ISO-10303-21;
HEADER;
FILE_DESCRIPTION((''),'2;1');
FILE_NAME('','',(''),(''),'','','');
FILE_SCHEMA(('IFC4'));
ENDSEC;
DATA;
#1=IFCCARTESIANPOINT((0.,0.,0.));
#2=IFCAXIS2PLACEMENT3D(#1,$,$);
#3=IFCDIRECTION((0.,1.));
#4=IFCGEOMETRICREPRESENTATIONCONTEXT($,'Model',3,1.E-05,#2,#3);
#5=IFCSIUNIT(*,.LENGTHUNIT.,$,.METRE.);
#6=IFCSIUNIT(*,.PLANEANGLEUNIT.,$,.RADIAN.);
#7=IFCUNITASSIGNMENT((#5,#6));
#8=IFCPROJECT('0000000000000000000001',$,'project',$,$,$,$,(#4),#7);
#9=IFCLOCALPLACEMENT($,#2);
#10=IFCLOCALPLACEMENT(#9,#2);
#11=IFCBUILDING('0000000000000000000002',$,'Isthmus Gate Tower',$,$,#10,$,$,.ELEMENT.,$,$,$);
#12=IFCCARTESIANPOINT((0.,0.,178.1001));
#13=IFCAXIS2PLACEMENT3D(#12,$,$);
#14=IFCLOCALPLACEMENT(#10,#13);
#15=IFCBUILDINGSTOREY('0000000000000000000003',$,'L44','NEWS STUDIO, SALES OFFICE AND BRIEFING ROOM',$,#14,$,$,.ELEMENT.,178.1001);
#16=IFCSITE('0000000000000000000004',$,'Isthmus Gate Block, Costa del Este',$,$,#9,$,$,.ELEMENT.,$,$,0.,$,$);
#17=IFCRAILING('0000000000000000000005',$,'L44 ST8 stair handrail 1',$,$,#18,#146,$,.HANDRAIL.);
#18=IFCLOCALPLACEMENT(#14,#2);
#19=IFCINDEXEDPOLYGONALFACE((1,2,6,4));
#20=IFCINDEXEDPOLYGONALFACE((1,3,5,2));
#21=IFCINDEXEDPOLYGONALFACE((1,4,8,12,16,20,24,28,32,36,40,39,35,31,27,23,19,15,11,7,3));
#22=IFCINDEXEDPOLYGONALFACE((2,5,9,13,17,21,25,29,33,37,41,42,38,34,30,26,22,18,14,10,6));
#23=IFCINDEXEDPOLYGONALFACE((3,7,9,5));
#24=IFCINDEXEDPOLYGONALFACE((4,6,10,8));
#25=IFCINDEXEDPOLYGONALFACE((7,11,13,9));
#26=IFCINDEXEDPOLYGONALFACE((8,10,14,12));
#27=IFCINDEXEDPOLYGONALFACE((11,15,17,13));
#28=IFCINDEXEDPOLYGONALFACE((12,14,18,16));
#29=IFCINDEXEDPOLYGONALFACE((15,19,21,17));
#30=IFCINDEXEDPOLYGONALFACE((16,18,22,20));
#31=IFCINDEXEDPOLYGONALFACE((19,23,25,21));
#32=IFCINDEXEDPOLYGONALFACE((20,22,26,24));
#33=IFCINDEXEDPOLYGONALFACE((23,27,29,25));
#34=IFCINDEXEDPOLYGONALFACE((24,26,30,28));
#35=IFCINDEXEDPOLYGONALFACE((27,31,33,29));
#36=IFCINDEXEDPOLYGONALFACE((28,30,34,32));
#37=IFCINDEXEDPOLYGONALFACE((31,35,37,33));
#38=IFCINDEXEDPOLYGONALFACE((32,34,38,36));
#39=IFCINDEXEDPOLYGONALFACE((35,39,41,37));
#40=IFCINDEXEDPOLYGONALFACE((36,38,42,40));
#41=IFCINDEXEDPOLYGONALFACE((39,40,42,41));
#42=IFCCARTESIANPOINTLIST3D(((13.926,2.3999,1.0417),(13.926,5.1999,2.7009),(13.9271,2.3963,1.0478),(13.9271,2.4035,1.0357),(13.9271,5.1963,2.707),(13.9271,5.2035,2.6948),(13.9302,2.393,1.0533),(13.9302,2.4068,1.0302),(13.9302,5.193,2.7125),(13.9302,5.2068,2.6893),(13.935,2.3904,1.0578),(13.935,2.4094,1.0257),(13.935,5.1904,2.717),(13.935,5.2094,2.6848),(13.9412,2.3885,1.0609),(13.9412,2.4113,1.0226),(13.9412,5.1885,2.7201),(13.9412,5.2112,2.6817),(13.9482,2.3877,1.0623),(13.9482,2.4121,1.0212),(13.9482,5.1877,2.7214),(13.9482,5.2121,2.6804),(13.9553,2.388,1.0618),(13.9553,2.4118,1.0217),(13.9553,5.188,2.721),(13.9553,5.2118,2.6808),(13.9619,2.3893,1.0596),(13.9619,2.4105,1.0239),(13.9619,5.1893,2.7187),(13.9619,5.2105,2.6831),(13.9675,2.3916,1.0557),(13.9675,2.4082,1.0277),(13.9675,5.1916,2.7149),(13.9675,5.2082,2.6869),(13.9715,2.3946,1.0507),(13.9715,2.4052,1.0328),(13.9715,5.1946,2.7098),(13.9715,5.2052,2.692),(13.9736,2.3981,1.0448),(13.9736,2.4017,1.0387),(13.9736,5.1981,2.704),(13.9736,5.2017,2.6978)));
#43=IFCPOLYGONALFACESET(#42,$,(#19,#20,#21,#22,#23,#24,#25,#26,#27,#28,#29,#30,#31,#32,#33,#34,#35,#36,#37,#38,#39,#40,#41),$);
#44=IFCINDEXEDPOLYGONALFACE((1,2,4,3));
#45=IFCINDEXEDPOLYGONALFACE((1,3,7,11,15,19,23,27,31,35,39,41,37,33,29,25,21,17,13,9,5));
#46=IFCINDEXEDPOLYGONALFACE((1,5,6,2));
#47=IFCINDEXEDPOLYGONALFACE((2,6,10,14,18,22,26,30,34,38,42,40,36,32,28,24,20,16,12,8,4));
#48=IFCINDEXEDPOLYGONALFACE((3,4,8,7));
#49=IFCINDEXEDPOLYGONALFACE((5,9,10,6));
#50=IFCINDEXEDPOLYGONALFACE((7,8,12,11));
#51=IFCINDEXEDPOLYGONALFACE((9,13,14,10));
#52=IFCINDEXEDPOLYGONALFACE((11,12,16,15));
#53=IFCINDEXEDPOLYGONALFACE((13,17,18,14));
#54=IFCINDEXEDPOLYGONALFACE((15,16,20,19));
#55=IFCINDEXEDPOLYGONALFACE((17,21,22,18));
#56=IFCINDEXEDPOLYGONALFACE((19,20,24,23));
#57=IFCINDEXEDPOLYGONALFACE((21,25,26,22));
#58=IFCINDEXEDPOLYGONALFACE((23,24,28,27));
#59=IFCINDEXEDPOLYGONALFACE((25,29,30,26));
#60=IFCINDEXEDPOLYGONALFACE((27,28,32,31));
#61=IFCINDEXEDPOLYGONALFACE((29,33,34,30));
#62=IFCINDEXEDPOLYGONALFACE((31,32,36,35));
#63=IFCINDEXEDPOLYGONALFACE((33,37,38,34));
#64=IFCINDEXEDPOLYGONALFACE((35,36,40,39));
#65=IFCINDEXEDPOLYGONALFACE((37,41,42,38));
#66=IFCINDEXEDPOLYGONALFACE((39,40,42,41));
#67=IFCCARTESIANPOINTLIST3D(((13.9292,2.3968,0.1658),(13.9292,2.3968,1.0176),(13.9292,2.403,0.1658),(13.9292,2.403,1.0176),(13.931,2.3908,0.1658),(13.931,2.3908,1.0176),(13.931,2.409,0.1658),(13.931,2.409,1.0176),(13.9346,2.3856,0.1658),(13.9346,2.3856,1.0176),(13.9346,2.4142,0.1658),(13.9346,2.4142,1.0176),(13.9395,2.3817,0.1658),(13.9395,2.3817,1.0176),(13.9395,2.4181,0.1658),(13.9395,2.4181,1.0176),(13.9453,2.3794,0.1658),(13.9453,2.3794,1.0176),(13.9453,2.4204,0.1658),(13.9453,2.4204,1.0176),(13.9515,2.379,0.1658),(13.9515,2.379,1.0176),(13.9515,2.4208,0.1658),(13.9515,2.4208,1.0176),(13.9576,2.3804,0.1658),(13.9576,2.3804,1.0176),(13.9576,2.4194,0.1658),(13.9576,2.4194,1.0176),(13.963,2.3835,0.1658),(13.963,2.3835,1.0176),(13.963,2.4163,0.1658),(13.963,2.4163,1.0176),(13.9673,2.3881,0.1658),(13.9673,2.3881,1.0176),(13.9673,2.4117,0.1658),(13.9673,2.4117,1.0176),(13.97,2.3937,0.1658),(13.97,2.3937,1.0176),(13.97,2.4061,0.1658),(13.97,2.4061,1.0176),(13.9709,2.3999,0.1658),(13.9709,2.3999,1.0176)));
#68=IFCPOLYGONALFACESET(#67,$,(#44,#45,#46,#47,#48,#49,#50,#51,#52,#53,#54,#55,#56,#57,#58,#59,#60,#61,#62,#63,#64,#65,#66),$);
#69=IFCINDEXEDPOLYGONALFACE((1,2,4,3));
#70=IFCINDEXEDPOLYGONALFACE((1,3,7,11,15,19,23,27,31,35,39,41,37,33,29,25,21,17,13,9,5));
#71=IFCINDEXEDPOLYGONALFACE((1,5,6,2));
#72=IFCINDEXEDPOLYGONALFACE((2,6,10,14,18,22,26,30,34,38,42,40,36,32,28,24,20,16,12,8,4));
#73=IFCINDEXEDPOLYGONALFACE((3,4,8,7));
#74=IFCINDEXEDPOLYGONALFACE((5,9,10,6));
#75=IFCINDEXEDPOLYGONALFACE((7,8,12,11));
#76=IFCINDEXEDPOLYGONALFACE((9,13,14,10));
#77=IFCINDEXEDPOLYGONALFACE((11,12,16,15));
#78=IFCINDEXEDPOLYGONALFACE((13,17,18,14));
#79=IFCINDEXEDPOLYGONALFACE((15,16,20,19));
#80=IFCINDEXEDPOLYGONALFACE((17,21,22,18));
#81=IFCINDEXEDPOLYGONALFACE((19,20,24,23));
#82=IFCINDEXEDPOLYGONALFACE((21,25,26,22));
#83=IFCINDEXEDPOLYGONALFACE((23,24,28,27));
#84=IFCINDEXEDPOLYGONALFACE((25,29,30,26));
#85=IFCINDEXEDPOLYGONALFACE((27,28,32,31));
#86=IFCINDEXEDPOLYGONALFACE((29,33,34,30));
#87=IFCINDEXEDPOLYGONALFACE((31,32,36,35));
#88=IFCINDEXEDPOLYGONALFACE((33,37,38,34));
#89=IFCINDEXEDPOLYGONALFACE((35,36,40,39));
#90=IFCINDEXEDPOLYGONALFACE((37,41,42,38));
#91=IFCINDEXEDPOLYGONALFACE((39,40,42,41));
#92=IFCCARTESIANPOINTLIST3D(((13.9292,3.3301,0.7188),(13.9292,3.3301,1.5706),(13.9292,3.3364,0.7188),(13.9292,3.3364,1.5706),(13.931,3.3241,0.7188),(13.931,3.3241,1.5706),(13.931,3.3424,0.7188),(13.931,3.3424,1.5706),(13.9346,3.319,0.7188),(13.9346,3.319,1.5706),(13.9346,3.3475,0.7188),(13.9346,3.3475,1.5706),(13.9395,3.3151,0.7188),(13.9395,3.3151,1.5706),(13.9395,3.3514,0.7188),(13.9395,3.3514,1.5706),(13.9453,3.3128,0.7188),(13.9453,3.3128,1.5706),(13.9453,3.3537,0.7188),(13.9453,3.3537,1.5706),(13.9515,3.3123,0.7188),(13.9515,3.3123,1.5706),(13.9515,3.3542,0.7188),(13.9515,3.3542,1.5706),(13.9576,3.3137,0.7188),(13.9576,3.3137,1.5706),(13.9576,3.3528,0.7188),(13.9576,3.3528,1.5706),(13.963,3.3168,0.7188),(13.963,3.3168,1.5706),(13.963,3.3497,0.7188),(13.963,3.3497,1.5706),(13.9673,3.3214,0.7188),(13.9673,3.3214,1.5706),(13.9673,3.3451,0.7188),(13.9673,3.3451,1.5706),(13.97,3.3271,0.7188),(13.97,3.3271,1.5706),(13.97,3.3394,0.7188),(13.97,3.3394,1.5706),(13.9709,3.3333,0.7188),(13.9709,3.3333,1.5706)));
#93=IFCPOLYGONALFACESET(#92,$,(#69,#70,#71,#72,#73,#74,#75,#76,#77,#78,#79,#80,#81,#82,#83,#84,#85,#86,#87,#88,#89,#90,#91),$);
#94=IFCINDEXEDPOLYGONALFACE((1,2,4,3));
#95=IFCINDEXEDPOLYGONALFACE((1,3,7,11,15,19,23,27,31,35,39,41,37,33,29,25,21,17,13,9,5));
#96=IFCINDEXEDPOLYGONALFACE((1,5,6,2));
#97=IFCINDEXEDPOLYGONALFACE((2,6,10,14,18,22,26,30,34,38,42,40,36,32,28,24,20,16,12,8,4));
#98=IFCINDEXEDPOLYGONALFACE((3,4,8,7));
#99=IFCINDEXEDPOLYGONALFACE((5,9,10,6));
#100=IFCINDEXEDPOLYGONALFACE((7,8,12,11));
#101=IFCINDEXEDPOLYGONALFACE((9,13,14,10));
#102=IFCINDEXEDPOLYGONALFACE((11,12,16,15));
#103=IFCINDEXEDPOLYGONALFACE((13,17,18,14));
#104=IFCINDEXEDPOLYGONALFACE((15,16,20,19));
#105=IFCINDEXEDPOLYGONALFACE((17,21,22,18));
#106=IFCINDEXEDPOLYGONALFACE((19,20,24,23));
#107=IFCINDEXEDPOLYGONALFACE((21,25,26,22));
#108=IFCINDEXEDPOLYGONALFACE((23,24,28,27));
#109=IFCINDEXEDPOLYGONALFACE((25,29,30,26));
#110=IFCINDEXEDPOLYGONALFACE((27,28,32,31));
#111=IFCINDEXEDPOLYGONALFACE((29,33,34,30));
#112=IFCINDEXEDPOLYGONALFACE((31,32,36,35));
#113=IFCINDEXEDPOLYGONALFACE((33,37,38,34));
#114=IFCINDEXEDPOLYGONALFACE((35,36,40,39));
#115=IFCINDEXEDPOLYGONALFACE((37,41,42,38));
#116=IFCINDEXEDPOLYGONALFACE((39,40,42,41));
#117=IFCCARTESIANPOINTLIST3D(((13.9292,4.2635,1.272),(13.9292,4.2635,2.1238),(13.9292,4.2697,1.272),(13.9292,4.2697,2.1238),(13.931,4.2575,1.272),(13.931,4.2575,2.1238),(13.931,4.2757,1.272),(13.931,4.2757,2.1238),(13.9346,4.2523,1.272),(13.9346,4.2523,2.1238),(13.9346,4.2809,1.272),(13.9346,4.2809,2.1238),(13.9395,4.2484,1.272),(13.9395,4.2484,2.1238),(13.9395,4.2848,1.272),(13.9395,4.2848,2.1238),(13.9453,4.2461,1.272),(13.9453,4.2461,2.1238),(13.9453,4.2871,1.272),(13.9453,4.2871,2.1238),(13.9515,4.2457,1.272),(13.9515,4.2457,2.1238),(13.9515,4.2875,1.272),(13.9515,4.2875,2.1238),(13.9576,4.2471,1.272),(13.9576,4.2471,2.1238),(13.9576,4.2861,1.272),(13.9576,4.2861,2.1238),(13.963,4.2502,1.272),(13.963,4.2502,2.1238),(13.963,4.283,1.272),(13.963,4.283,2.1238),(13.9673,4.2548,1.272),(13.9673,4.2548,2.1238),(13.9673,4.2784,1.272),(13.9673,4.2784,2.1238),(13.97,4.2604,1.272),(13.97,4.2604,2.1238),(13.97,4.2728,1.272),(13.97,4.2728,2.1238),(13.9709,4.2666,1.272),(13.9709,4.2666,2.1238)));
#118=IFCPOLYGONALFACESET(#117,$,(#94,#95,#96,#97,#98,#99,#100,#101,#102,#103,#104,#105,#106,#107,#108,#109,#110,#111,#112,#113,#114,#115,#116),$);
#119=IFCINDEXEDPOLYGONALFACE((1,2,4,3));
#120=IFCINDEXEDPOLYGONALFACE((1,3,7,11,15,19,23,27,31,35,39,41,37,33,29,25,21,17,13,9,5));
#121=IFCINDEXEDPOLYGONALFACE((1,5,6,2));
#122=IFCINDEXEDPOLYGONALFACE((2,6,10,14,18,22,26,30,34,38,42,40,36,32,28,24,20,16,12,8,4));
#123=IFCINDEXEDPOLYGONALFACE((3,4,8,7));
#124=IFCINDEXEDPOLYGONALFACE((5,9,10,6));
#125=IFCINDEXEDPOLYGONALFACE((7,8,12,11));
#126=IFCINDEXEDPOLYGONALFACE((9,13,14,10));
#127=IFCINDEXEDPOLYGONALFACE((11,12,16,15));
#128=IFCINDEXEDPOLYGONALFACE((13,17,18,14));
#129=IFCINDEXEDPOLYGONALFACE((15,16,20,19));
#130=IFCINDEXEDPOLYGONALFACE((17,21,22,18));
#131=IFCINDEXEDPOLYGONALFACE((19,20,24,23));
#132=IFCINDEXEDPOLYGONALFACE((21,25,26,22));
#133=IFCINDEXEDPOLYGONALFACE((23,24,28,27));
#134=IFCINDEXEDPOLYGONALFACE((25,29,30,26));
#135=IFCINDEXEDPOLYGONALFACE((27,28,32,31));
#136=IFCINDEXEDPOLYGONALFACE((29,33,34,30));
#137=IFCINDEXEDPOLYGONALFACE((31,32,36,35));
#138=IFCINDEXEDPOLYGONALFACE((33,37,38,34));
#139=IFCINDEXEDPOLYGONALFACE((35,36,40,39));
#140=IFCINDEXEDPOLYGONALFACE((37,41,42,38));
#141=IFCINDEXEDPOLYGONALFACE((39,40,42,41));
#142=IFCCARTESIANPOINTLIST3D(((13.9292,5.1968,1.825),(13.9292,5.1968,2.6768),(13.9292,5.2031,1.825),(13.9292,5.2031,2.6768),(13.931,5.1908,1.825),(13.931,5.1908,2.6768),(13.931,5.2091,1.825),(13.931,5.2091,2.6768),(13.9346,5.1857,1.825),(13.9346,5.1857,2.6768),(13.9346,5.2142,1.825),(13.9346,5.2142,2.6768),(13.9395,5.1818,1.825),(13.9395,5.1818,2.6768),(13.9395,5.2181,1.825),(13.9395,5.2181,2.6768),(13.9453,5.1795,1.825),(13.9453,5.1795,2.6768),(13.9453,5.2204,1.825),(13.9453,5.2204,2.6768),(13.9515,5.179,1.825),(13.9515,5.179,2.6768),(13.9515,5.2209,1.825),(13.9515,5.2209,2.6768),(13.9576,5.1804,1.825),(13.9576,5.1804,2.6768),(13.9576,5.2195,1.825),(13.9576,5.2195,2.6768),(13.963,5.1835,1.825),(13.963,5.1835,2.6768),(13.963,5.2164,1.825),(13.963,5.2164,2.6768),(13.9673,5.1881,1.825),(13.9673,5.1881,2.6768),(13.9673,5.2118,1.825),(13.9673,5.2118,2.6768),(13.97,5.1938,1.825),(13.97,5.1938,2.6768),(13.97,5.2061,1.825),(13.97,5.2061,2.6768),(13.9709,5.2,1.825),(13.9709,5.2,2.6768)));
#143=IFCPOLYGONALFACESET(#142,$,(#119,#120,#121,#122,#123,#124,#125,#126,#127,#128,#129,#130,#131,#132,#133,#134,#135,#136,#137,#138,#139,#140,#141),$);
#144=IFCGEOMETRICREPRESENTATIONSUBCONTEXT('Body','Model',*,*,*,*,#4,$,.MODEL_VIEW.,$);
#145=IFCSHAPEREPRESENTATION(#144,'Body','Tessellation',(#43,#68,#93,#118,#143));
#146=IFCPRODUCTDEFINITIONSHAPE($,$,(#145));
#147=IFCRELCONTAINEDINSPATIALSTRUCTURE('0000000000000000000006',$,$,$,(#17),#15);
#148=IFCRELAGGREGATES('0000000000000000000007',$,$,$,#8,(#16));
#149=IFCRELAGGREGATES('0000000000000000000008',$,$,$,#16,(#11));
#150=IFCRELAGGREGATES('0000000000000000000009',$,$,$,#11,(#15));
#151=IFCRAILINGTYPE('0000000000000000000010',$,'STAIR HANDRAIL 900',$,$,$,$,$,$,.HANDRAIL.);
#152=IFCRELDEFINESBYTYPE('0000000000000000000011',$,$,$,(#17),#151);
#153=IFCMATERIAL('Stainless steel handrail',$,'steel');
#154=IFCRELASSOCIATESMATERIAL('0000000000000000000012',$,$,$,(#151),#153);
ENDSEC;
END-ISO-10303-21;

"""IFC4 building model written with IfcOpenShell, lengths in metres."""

from ifc_helpers import new_model, si_unit, direction, frame, origin, origin_2d, place, context, subcontext, project, spatial, circle, extrude, material, type_object, element, save


model = new_model("IFC4")

# Units and contexts
model_context = context("Model", 3, precision=1e-05, world=origin(), true_north=direction((0.0, 1.0)))
body_context = subcontext(model_context, "Body", "Model", "MODEL_VIEW")
ifc_project = project(units=[si_unit("LENGTHUNIT", "METRE"), si_unit("PLANEANGLEUNIT", "RADIAN")], contexts=[model_context])

# Site, building, storey
site_placement = place(None, origin())
site = spatial("IfcSite", under=ifc_project, at=site_placement, Name="Isthmus Gate Block, Costa del Este", CompositionType="ELEMENT", RefElevation=0.0)
building_placement = place(site_placement, origin())
building = spatial("IfcBuilding", under=site, at=building_placement, Name="Isthmus Gate Tower", CompositionType="ELEMENT")
storey_placement = place(building_placement, frame((0.0, 0.0, 178.1001)))
storey = spatial("IfcBuildingStorey", under=building, at=storey_placement, Name="L44", Description="NEWS STUDIO, SALES OFFICE AND BRIEFING ROOM", CompositionType="ELEMENT", Elevation=178.1001)

# Railing
ifc_material_1 = material(Name="Stainless steel handrail", Category="steel")
railing_type = type_object("IfcRailingType", Name="STAIR HANDRAIL 900", PredefinedType="HANDRAIL", material=ifc_material_1)
railing_placement = place(storey_placement, frame((13.95, 2.3999, 0.1658)))
element("IfcRailing", 1, at=railing_placement, inside=storey, type_object=railing_type, Name="L44 ST8 stair handrail 1", PredefinedType="HANDRAIL", context=body_context, shape_type="SweptSolid", body=[
    extrude(circle(Radius=0.0239, at=origin_2d()), frame((0.0, 0.0, 0.876), z_axis=(0.0, 0.860306, 0.509778), x_axis=(-1.0, 0.0, 0.0)), (0.0, 0.0, 1.0), 3.2546),
    extrude(circle(Radius=0.021, at=origin_2d()), origin(), (0.0, 0.0, 1.0), 0.8518),
    extrude(circle(Radius=0.021, at=origin_2d()), frame((0.0, 0.9333, 0.553)), (0.0, 0.0, 1.0), 0.8518),
    extrude(circle(Radius=0.021, at=origin_2d()), frame((0.0, 1.8667, 1.1062)), (0.0, 0.0, 1.0), 0.8518),
    extrude(circle(Radius=0.021, at=origin_2d()), frame((0.0, 2.8, 1.6592)), (0.0, 0.0, 1.0), 0.8518),
])

save(model, "model.ifc")
